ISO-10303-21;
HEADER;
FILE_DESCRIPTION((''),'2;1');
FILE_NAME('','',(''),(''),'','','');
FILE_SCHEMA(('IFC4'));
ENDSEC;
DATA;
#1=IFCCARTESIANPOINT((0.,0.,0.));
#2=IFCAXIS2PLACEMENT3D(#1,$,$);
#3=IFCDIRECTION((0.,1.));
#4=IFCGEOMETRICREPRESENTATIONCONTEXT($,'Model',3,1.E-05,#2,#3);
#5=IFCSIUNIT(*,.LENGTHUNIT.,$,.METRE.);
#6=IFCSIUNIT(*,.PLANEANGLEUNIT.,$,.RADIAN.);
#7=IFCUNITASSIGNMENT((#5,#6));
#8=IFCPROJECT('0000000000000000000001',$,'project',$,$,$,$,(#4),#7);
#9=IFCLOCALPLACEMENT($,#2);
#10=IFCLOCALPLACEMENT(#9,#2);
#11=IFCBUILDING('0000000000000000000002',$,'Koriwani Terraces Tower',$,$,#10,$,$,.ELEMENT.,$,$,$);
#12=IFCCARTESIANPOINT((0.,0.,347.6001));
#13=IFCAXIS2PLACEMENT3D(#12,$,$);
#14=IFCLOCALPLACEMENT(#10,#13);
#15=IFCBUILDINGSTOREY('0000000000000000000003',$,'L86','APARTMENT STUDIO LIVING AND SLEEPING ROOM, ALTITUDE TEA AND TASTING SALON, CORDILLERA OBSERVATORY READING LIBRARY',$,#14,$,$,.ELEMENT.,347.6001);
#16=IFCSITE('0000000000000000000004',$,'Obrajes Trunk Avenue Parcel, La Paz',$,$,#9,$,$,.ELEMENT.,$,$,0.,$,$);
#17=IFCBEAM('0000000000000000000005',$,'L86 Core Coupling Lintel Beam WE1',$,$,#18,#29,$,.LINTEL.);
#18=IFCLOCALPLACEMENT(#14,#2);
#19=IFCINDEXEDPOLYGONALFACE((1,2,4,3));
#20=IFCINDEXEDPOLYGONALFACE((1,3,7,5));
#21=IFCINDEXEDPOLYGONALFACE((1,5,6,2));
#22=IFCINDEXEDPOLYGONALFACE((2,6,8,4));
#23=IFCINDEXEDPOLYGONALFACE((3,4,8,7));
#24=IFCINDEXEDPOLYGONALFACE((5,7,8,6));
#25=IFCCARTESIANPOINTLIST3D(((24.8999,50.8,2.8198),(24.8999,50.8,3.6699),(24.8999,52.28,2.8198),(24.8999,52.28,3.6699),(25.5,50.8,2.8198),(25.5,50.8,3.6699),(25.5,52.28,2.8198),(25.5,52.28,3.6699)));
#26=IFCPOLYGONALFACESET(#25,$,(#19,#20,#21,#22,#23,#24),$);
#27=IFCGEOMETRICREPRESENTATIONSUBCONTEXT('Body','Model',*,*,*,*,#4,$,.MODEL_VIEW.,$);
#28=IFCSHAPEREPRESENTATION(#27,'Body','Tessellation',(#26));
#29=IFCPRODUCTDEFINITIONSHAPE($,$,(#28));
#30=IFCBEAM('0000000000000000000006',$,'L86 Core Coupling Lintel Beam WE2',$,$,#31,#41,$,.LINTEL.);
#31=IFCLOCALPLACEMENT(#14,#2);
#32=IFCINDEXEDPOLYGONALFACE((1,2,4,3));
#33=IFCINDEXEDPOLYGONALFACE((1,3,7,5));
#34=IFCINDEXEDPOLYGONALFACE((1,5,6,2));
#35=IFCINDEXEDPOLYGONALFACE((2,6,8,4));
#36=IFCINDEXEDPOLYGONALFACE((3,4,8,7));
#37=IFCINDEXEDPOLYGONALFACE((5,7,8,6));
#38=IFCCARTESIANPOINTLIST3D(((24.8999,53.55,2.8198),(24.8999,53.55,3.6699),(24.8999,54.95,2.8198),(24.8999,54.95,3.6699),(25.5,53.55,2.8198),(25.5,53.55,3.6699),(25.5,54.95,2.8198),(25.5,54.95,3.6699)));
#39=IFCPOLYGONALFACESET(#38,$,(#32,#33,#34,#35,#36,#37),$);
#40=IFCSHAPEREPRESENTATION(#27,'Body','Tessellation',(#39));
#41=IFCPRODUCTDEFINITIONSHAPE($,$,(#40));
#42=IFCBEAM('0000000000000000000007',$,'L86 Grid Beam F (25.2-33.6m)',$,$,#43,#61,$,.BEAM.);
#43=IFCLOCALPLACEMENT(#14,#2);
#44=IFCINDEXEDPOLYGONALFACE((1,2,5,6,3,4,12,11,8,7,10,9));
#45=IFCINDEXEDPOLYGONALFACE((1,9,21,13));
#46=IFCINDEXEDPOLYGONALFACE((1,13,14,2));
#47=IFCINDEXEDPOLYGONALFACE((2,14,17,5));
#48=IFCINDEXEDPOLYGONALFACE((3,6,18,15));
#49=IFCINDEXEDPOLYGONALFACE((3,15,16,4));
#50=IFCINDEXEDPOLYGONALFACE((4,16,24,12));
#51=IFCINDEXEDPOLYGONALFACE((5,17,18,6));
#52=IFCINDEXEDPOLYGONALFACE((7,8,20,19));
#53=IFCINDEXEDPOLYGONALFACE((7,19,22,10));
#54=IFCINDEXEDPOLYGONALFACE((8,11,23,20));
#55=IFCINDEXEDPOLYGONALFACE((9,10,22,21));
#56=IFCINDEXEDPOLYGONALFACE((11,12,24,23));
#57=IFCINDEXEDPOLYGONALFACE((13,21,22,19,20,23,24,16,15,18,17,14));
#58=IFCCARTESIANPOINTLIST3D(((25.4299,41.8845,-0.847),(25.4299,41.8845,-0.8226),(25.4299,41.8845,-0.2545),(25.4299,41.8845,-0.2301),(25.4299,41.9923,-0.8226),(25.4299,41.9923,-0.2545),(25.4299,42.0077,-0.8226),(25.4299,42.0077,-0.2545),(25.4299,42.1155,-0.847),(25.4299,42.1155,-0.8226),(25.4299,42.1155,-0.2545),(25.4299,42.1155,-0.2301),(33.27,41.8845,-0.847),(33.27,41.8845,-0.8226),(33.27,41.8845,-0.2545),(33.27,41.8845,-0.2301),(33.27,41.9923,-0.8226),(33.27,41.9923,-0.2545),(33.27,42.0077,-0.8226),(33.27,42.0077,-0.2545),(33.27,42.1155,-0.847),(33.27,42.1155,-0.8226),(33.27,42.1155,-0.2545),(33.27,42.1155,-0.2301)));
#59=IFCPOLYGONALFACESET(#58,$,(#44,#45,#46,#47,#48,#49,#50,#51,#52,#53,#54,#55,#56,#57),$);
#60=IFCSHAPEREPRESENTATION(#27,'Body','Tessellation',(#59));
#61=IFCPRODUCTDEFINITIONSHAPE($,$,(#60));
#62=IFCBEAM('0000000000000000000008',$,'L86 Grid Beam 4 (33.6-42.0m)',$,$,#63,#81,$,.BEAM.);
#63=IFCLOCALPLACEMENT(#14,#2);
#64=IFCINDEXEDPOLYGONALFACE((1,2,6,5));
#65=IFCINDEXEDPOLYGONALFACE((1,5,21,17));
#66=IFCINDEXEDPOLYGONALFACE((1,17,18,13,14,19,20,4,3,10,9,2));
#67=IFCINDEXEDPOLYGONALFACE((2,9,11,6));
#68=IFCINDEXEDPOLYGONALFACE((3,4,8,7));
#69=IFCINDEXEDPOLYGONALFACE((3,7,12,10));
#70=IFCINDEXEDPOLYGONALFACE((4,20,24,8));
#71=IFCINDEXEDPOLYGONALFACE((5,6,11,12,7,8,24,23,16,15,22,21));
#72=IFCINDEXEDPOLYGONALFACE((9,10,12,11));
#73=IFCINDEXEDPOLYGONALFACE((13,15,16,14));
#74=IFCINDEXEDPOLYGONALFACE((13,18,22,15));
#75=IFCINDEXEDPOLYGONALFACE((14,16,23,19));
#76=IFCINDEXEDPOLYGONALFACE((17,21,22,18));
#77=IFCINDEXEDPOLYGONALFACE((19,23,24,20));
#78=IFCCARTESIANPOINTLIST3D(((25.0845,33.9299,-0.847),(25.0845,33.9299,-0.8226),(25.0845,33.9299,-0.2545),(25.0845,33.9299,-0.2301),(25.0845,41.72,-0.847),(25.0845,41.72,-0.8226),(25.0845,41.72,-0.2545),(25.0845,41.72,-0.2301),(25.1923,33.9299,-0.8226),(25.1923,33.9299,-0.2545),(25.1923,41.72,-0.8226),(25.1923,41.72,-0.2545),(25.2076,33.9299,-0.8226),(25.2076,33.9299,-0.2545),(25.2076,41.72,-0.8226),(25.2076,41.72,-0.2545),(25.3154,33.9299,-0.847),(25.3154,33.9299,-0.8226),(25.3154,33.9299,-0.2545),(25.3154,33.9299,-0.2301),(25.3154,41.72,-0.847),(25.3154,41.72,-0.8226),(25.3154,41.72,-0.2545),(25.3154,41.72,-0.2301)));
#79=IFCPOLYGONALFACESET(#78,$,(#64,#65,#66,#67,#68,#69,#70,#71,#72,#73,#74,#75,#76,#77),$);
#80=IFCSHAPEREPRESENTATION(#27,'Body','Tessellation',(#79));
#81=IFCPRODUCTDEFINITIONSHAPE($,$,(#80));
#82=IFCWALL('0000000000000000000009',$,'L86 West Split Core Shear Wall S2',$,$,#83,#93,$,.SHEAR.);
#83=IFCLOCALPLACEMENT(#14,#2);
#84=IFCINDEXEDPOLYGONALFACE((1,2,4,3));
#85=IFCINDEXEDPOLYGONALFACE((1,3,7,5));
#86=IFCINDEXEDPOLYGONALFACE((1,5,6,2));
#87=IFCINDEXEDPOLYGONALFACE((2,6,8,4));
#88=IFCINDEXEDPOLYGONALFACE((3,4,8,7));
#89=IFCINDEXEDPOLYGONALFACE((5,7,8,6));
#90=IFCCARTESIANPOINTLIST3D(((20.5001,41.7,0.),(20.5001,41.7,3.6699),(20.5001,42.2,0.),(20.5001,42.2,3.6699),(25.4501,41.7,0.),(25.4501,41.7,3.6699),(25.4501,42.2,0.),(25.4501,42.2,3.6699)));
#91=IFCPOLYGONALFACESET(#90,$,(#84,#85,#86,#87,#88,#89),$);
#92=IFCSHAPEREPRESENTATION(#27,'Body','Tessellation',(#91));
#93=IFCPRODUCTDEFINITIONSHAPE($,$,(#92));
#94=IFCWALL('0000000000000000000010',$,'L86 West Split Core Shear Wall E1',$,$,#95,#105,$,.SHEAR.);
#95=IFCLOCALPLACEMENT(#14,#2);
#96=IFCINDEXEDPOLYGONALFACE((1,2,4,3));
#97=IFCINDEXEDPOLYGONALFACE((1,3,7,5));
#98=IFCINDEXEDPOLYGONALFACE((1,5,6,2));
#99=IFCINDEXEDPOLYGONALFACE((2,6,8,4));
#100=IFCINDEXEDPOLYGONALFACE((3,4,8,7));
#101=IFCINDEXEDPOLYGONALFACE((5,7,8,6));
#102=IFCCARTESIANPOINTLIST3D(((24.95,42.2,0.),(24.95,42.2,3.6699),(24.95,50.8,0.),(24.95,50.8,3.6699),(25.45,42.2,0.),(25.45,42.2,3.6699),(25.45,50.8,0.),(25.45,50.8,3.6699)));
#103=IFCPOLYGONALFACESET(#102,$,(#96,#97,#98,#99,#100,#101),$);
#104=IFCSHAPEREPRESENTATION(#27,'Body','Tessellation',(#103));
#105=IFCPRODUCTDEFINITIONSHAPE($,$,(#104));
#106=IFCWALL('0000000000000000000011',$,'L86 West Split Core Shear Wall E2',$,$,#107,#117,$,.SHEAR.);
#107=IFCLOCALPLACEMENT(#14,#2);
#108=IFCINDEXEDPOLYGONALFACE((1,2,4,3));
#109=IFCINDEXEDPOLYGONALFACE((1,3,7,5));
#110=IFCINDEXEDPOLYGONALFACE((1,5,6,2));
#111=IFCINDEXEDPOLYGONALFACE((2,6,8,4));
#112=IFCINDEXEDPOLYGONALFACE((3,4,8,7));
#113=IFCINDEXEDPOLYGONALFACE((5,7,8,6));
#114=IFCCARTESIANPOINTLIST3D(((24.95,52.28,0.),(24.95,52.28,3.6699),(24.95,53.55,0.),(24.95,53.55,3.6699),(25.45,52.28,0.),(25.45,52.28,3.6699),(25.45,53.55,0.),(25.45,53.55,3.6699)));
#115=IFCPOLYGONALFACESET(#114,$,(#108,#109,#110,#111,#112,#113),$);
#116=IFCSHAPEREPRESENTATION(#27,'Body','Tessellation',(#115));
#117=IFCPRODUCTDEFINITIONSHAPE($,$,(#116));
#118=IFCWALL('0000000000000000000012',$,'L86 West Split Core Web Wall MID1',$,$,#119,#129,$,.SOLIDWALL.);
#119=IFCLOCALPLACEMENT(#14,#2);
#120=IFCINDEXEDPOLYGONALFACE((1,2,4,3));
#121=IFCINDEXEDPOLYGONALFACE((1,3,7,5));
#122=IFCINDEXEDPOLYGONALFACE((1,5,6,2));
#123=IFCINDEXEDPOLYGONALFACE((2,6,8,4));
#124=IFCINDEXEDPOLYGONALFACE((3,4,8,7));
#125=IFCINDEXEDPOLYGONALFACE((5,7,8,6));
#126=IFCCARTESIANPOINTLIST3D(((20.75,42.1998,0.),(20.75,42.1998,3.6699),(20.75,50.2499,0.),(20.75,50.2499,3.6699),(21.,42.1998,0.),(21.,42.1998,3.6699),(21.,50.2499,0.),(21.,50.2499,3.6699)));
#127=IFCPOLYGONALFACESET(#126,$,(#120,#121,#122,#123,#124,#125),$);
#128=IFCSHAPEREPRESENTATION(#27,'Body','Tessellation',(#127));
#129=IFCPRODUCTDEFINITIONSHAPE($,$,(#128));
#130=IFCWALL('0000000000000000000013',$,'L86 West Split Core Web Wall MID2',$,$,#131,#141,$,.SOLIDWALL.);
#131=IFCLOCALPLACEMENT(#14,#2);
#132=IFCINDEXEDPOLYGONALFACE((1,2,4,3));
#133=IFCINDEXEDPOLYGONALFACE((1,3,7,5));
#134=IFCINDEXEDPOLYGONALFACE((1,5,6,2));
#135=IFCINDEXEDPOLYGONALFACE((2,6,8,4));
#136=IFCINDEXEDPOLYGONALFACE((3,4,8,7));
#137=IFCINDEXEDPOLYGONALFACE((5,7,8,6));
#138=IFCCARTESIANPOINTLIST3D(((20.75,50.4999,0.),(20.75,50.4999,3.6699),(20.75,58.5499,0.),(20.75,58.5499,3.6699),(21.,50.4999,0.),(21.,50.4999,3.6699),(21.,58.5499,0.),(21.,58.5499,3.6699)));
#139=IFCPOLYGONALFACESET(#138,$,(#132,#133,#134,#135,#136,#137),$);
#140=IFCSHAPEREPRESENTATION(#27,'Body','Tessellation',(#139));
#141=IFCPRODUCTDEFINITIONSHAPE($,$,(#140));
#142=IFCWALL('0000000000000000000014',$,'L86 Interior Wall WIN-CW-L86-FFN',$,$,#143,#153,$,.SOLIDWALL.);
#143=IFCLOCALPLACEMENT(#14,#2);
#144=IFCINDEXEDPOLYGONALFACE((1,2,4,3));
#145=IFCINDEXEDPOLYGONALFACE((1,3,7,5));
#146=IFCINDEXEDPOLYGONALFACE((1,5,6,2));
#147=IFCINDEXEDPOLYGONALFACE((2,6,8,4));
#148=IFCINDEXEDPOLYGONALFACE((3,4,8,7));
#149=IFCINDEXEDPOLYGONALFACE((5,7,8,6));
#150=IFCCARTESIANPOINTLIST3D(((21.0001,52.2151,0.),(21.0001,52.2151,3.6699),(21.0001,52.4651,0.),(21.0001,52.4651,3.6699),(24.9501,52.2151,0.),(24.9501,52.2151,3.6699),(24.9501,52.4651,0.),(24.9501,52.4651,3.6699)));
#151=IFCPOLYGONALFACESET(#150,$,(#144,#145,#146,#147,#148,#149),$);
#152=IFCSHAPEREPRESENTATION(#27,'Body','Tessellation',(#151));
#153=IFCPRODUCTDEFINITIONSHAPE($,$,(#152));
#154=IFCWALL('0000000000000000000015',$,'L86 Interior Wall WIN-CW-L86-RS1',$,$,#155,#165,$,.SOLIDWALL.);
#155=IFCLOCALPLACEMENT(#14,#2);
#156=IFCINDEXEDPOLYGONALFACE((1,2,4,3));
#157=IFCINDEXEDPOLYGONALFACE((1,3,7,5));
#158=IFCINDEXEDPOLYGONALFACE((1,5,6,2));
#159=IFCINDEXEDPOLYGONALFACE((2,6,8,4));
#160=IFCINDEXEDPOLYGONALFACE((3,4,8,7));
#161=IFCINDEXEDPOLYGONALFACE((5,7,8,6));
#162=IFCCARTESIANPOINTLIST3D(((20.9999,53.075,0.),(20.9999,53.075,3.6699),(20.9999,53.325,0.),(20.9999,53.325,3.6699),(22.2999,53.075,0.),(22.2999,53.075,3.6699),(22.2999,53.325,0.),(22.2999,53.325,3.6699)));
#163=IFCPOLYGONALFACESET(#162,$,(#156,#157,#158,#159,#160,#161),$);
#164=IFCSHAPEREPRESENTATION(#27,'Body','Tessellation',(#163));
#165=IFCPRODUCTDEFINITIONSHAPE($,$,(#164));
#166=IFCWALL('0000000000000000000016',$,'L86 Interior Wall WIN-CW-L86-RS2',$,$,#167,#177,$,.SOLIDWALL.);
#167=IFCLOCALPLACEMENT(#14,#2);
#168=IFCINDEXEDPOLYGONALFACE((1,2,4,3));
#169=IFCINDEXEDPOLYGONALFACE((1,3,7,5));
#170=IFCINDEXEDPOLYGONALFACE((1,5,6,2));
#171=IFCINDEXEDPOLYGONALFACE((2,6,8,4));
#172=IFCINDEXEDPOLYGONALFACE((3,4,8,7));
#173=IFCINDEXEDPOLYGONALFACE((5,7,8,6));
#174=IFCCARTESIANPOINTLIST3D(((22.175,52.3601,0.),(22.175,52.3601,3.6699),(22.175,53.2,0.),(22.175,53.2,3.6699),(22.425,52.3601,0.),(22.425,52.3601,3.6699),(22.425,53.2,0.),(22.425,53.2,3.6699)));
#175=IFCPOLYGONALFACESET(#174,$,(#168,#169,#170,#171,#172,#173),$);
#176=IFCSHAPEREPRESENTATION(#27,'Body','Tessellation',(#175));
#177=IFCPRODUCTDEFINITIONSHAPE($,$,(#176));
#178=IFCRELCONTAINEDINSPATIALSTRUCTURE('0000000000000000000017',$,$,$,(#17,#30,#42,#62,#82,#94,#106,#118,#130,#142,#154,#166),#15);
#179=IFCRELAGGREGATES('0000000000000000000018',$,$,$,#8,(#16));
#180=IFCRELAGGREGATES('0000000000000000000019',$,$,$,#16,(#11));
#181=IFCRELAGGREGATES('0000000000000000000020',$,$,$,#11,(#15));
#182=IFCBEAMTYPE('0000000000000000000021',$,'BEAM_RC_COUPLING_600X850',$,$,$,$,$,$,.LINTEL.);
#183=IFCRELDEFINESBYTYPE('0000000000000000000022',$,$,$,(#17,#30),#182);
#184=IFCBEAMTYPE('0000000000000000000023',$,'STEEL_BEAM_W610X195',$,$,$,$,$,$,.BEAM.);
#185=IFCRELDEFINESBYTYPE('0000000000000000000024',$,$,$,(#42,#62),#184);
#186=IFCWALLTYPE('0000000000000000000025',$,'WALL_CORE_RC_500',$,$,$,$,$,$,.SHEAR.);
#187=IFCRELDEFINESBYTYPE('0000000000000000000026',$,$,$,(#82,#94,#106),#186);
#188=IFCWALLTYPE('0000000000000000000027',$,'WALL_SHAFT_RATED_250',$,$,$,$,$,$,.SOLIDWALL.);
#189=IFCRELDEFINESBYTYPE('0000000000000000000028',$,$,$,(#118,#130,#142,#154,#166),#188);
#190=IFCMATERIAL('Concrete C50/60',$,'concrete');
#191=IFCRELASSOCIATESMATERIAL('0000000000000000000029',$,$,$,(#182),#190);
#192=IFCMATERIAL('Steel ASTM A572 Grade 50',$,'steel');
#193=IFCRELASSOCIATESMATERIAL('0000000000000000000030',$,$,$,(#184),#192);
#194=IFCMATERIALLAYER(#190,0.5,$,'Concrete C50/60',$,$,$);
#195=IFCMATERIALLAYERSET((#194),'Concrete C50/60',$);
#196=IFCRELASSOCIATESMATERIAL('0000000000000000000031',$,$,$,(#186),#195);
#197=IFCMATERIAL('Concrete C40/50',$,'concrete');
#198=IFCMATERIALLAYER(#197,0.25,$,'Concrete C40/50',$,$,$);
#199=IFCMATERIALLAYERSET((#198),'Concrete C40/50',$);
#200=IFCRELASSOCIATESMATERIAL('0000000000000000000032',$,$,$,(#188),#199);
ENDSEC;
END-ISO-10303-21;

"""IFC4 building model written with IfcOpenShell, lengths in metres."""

from ifc_helpers import new_model, si_unit, direction, frame, frame_2d, origin, origin_2d, place, context, subcontext, project, spatial, rectangle, i_section, extrude, material, layer, layer_set, material_profile, profile_set, type_object, element, save


model = new_model("IFC4")

# Units and contexts
model_context = context("Model", 3, precision=1e-05, world=origin(), true_north=direction((0.0, 1.0)))
body_context = subcontext(model_context, "Body", "Model", "MODEL_VIEW")
ifc_project = project(units=[si_unit("LENGTHUNIT", "METRE"), si_unit("PLANEANGLEUNIT", "RADIAN")], contexts=[model_context])

# Site, building, storey
site_placement = place(None, origin())
site = spatial("IfcSite", under=ifc_project, at=site_placement, Name="Obrajes Trunk Avenue Parcel, La Paz", CompositionType="ELEMENT", RefElevation=0.0)
building_placement = place(site_placement, origin())
building = spatial("IfcBuilding", under=site, at=building_placement, Name="Koriwani Terraces Tower", CompositionType="ELEMENT")
storey_placement = place(building_placement, frame((0.0, 0.0, 347.6001)))
storey = spatial("IfcBuildingStorey", under=building, at=storey_placement, Name="L86", Description="APARTMENT STUDIO LIVING AND SLEEPING ROOM, ALTITUDE TEA AND TASTING SALON, CORDILLERA OBSERVATORY READING LIBRARY", CompositionType="ELEMENT", Elevation=347.6001)

# Beams
ifc_material_1 = material(Name="Concrete C50/60", Category="concrete")
ifc_material_profile_1 = material_profile(ifc_material_1, rectangle(XDim=0.6001, YDim=0.8501, at=origin_2d()), Name="Concrete C50/60", Category="LoadBearing")
ifc_profile_set_1 = profile_set([ifc_material_profile_1], Name="Concrete C50/60")
beam_type_1 = type_object("IfcBeamType", Name="BEAM_RC_COUPLING_600X850", PredefinedType="LINTEL", material=ifc_profile_set_1)
beam_1_placement = place(storey_placement, frame((25.2, 50.8, 3.2449), z_axis=(0.0, 1.0, 0.0), x_axis=(-1.0, 0.0, 0.0)))
element("IfcBeam", 1, at=beam_1_placement, inside=storey, type_object=beam_type_1, Name="L86 Core Coupling Lintel Beam WE1", PredefinedType="LINTEL", context=body_context, shape_type="SweptSolid", body=[
    extrude(rectangle(XDim=0.6001, YDim=0.8501, at=origin_2d()), origin(), (0.0, 0.0, 1.0), 1.48),
])
beam_2_placement = place(storey_placement, frame((25.2, 53.55, 3.2449), z_axis=(0.0, 1.0, 0.0), x_axis=(-1.0, 0.0, 0.0)))
element("IfcBeam", 2, at=beam_2_placement, inside=storey, type_object=beam_type_1, Name="L86 Core Coupling Lintel Beam WE2", PredefinedType="LINTEL", context=body_context, shape_type="SweptSolid", body=[
    extrude(rectangle(XDim=0.6001, YDim=0.8501, at=origin_2d()), origin(), (0.0, 0.0, 1.0), 1.3999),
])
ifc_material_2 = material(Name="Steel ASTM A572 Grade 50", Category="steel")
ifc_material_profile_2 = material_profile(ifc_material_2, i_section(OverallWidth=0.231, OverallDepth=0.6169, WebThickness=0.0154, FlangeThickness=0.0244, at=origin_2d()), Name="Steel ASTM A572 Grade 50", Category="LoadBearing")
ifc_profile_set_2 = profile_set([ifc_material_profile_2], Name="Steel ASTM A572 Grade 50")
beam_type_2 = type_object("IfcBeamType", Name="STEEL_BEAM_W610X195", PredefinedType="BEAM", material=ifc_profile_set_2)
beam_3_placement = place(storey_placement, frame((25.4299, 42.0, -0.5386), z_axis=(1.0, 0.0, 0.0), x_axis=(0.0, 1.0, 0.0)))
element("IfcBeam", 3, at=beam_3_placement, inside=storey, type_object=beam_type_2, Name="L86 Grid Beam F (25.2-33.6m)", PredefinedType="BEAM", context=body_context, shape_type="SweptSolid", body=[
    extrude(i_section(OverallWidth=0.231, OverallDepth=0.6169, WebThickness=0.0154, FlangeThickness=0.0244, at=origin_2d()), origin(), (0.0, 0.0, 1.0), 7.8401),
])
beam_4_placement = place(storey_placement, frame((25.2, 33.9299, -0.5386), z_axis=(0.0, 1.0, 0.0), x_axis=(-1.0, 0.0, 0.0)))
element("IfcBeam", 4, at=beam_4_placement, inside=storey, type_object=beam_type_2, Name="L86 Grid Beam 4 (33.6-42.0m)", PredefinedType="BEAM", context=body_context, shape_type="SweptSolid", body=[
    extrude(i_section(OverallWidth=0.231, OverallDepth=0.6169, WebThickness=0.0154, FlangeThickness=0.0244, at=origin_2d()), origin(), (0.0, 0.0, 1.0), 7.79),
])

# Walls
ifc_layer_1 = layer(ifc_material_1, 0.5, Name="Concrete C50/60")
ifc_layer_set_1 = layer_set([ifc_layer_1], Name="Concrete C50/60")
wall_type_1 = type_object("IfcWallType", Name="WALL_CORE_RC_500", PredefinedType="SHEAR", material=ifc_layer_set_1)
wall_1_placement = place(storey_placement, frame((20.5, 41.95, 0.0), z_axis=(0.0, 0.0, 1.0), x_axis=(1.0, 0.0, 0.0)))
element("IfcWall", 5, at=wall_1_placement, inside=storey, type_object=wall_type_1, Name="L86 West Split Core Shear Wall S2", PredefinedType="SHEAR", context=body_context, shape_type="SweptSolid", body=[
    extrude(rectangle(XDim=4.95, YDim=0.5, at=frame_2d((2.4751, 0.0))), origin(), (0.0, 0.0, 1.0), 3.6699),
])
wall_2_placement = place(storey_placement, frame((25.2, 42.2, 0.0), z_axis=(0.0, 0.0, 1.0), x_axis=(0.0, 1.0, 0.0)))
element("IfcWall", 6, at=wall_2_placement, inside=storey, type_object=wall_type_1, Name="L86 West Split Core Shear Wall E1", PredefinedType="SHEAR", context=body_context, shape_type="SweptSolid", body=[
    extrude(rectangle(XDim=8.6001, YDim=0.5, at=frame_2d((4.3, 0.0))), origin(), (0.0, 0.0, 1.0), 3.6699),
])
wall_3_placement = place(storey_placement, frame((25.2, 52.28, 0.0), z_axis=(0.0, 0.0, 1.0), x_axis=(0.0, 1.0, 0.0)))
element("IfcWall", 7, at=wall_3_placement, inside=storey, type_object=wall_type_1, Name="L86 West Split Core Shear Wall E2", PredefinedType="SHEAR", context=body_context, shape_type="SweptSolid", body=[
    extrude(rectangle(XDim=1.27, YDim=0.5, at=frame_2d((0.635, 0.0))), origin(), (0.0, 0.0, 1.0), 3.6699),
])
ifc_material_3 = material(Name="Concrete C40/50", Category="concrete")
ifc_layer_2 = layer(ifc_material_3, 0.25, Name="Concrete C40/50")
ifc_layer_set_2 = layer_set([ifc_layer_2], Name="Concrete C40/50")
wall_type_2 = type_object("IfcWallType", Name="WALL_SHAFT_RATED_250", PredefinedType="SOLIDWALL", material=ifc_layer_set_2)
for number, where, z_axis, x_axis, name in (
    (8, (20.875, 42.2, 0.0), (0.0, 0.0, 1.0), (0.0, 1.0, 0.0), "L86 West Split Core Web Wall MID1"),
    (9, (20.875, 50.5, 0.0), (0.0, 0.0, 1.0), (0.0, 1.0, 0.0), "L86 West Split Core Web Wall MID2"),
):
    element("IfcWall", number, at=place(storey_placement, frame(where, z_axis=z_axis, x_axis=x_axis)), inside=storey, type_object=wall_type_2, Name=name, PredefinedType="SOLIDWALL", context=body_context, shape_type="SweptSolid", body=[
        extrude(rectangle(XDim=8.05, YDim=0.25, at=frame_2d((4.0249, 0.0))), origin(), (0.0, 0.0, 1.0), 3.6699),
    ])

# Wall
wall_4_placement = place(storey_placement, frame((21.0, 52.3401, 0.0), z_axis=(0.0, 0.0, 1.0), x_axis=(1.0, 0.0, 0.0)))
element("IfcWall", 10, at=wall_4_placement, inside=storey, type_object=wall_type_2, Name="L86 Interior Wall WIN-CW-L86-FFN", PredefinedType="SOLIDWALL", context=body_context, shape_type="SweptSolid", body=[
    extrude(rectangle(XDim=3.95, YDim=0.25, at=frame_2d((1.9751, 0.0))), origin(), (0.0, 0.0, 1.0), 3.6699),
])

# Walls
wall_5_placement = place(storey_placement, frame((21.0, 53.2, 0.0), z_axis=(0.0, 0.0, 1.0), x_axis=(1.0, 0.0, 0.0)))
element("IfcWall", 11, at=wall_5_placement, inside=storey, type_object=wall_type_2, Name="L86 Interior Wall WIN-CW-L86-RS1", PredefinedType="SOLIDWALL", context=body_context, shape_type="SweptSolid", body=[
    extrude(rectangle(XDim=1.3, YDim=0.25, at=frame_2d((0.6499, 0.0))), origin(), (0.0, 0.0, 1.0), 3.6699),
])
wall_6_placement = place(storey_placement, frame((22.3, 52.3601, 0.0), z_axis=(0.0, 0.0, 1.0), x_axis=(0.0, 1.0, 0.0)))
element("IfcWall", 12, at=wall_6_placement, inside=storey, type_object=wall_type_2, Name="L86 Interior Wall WIN-CW-L86-RS2", PredefinedType="SOLIDWALL", context=body_context, shape_type="SweptSolid", body=[
    extrude(rectangle(XDim=0.8398, YDim=0.25, at=frame_2d((0.4199, 0.0))), origin(), (0.0, 0.0, 1.0), 3.6699),
])

save(model, "model.ifc")
